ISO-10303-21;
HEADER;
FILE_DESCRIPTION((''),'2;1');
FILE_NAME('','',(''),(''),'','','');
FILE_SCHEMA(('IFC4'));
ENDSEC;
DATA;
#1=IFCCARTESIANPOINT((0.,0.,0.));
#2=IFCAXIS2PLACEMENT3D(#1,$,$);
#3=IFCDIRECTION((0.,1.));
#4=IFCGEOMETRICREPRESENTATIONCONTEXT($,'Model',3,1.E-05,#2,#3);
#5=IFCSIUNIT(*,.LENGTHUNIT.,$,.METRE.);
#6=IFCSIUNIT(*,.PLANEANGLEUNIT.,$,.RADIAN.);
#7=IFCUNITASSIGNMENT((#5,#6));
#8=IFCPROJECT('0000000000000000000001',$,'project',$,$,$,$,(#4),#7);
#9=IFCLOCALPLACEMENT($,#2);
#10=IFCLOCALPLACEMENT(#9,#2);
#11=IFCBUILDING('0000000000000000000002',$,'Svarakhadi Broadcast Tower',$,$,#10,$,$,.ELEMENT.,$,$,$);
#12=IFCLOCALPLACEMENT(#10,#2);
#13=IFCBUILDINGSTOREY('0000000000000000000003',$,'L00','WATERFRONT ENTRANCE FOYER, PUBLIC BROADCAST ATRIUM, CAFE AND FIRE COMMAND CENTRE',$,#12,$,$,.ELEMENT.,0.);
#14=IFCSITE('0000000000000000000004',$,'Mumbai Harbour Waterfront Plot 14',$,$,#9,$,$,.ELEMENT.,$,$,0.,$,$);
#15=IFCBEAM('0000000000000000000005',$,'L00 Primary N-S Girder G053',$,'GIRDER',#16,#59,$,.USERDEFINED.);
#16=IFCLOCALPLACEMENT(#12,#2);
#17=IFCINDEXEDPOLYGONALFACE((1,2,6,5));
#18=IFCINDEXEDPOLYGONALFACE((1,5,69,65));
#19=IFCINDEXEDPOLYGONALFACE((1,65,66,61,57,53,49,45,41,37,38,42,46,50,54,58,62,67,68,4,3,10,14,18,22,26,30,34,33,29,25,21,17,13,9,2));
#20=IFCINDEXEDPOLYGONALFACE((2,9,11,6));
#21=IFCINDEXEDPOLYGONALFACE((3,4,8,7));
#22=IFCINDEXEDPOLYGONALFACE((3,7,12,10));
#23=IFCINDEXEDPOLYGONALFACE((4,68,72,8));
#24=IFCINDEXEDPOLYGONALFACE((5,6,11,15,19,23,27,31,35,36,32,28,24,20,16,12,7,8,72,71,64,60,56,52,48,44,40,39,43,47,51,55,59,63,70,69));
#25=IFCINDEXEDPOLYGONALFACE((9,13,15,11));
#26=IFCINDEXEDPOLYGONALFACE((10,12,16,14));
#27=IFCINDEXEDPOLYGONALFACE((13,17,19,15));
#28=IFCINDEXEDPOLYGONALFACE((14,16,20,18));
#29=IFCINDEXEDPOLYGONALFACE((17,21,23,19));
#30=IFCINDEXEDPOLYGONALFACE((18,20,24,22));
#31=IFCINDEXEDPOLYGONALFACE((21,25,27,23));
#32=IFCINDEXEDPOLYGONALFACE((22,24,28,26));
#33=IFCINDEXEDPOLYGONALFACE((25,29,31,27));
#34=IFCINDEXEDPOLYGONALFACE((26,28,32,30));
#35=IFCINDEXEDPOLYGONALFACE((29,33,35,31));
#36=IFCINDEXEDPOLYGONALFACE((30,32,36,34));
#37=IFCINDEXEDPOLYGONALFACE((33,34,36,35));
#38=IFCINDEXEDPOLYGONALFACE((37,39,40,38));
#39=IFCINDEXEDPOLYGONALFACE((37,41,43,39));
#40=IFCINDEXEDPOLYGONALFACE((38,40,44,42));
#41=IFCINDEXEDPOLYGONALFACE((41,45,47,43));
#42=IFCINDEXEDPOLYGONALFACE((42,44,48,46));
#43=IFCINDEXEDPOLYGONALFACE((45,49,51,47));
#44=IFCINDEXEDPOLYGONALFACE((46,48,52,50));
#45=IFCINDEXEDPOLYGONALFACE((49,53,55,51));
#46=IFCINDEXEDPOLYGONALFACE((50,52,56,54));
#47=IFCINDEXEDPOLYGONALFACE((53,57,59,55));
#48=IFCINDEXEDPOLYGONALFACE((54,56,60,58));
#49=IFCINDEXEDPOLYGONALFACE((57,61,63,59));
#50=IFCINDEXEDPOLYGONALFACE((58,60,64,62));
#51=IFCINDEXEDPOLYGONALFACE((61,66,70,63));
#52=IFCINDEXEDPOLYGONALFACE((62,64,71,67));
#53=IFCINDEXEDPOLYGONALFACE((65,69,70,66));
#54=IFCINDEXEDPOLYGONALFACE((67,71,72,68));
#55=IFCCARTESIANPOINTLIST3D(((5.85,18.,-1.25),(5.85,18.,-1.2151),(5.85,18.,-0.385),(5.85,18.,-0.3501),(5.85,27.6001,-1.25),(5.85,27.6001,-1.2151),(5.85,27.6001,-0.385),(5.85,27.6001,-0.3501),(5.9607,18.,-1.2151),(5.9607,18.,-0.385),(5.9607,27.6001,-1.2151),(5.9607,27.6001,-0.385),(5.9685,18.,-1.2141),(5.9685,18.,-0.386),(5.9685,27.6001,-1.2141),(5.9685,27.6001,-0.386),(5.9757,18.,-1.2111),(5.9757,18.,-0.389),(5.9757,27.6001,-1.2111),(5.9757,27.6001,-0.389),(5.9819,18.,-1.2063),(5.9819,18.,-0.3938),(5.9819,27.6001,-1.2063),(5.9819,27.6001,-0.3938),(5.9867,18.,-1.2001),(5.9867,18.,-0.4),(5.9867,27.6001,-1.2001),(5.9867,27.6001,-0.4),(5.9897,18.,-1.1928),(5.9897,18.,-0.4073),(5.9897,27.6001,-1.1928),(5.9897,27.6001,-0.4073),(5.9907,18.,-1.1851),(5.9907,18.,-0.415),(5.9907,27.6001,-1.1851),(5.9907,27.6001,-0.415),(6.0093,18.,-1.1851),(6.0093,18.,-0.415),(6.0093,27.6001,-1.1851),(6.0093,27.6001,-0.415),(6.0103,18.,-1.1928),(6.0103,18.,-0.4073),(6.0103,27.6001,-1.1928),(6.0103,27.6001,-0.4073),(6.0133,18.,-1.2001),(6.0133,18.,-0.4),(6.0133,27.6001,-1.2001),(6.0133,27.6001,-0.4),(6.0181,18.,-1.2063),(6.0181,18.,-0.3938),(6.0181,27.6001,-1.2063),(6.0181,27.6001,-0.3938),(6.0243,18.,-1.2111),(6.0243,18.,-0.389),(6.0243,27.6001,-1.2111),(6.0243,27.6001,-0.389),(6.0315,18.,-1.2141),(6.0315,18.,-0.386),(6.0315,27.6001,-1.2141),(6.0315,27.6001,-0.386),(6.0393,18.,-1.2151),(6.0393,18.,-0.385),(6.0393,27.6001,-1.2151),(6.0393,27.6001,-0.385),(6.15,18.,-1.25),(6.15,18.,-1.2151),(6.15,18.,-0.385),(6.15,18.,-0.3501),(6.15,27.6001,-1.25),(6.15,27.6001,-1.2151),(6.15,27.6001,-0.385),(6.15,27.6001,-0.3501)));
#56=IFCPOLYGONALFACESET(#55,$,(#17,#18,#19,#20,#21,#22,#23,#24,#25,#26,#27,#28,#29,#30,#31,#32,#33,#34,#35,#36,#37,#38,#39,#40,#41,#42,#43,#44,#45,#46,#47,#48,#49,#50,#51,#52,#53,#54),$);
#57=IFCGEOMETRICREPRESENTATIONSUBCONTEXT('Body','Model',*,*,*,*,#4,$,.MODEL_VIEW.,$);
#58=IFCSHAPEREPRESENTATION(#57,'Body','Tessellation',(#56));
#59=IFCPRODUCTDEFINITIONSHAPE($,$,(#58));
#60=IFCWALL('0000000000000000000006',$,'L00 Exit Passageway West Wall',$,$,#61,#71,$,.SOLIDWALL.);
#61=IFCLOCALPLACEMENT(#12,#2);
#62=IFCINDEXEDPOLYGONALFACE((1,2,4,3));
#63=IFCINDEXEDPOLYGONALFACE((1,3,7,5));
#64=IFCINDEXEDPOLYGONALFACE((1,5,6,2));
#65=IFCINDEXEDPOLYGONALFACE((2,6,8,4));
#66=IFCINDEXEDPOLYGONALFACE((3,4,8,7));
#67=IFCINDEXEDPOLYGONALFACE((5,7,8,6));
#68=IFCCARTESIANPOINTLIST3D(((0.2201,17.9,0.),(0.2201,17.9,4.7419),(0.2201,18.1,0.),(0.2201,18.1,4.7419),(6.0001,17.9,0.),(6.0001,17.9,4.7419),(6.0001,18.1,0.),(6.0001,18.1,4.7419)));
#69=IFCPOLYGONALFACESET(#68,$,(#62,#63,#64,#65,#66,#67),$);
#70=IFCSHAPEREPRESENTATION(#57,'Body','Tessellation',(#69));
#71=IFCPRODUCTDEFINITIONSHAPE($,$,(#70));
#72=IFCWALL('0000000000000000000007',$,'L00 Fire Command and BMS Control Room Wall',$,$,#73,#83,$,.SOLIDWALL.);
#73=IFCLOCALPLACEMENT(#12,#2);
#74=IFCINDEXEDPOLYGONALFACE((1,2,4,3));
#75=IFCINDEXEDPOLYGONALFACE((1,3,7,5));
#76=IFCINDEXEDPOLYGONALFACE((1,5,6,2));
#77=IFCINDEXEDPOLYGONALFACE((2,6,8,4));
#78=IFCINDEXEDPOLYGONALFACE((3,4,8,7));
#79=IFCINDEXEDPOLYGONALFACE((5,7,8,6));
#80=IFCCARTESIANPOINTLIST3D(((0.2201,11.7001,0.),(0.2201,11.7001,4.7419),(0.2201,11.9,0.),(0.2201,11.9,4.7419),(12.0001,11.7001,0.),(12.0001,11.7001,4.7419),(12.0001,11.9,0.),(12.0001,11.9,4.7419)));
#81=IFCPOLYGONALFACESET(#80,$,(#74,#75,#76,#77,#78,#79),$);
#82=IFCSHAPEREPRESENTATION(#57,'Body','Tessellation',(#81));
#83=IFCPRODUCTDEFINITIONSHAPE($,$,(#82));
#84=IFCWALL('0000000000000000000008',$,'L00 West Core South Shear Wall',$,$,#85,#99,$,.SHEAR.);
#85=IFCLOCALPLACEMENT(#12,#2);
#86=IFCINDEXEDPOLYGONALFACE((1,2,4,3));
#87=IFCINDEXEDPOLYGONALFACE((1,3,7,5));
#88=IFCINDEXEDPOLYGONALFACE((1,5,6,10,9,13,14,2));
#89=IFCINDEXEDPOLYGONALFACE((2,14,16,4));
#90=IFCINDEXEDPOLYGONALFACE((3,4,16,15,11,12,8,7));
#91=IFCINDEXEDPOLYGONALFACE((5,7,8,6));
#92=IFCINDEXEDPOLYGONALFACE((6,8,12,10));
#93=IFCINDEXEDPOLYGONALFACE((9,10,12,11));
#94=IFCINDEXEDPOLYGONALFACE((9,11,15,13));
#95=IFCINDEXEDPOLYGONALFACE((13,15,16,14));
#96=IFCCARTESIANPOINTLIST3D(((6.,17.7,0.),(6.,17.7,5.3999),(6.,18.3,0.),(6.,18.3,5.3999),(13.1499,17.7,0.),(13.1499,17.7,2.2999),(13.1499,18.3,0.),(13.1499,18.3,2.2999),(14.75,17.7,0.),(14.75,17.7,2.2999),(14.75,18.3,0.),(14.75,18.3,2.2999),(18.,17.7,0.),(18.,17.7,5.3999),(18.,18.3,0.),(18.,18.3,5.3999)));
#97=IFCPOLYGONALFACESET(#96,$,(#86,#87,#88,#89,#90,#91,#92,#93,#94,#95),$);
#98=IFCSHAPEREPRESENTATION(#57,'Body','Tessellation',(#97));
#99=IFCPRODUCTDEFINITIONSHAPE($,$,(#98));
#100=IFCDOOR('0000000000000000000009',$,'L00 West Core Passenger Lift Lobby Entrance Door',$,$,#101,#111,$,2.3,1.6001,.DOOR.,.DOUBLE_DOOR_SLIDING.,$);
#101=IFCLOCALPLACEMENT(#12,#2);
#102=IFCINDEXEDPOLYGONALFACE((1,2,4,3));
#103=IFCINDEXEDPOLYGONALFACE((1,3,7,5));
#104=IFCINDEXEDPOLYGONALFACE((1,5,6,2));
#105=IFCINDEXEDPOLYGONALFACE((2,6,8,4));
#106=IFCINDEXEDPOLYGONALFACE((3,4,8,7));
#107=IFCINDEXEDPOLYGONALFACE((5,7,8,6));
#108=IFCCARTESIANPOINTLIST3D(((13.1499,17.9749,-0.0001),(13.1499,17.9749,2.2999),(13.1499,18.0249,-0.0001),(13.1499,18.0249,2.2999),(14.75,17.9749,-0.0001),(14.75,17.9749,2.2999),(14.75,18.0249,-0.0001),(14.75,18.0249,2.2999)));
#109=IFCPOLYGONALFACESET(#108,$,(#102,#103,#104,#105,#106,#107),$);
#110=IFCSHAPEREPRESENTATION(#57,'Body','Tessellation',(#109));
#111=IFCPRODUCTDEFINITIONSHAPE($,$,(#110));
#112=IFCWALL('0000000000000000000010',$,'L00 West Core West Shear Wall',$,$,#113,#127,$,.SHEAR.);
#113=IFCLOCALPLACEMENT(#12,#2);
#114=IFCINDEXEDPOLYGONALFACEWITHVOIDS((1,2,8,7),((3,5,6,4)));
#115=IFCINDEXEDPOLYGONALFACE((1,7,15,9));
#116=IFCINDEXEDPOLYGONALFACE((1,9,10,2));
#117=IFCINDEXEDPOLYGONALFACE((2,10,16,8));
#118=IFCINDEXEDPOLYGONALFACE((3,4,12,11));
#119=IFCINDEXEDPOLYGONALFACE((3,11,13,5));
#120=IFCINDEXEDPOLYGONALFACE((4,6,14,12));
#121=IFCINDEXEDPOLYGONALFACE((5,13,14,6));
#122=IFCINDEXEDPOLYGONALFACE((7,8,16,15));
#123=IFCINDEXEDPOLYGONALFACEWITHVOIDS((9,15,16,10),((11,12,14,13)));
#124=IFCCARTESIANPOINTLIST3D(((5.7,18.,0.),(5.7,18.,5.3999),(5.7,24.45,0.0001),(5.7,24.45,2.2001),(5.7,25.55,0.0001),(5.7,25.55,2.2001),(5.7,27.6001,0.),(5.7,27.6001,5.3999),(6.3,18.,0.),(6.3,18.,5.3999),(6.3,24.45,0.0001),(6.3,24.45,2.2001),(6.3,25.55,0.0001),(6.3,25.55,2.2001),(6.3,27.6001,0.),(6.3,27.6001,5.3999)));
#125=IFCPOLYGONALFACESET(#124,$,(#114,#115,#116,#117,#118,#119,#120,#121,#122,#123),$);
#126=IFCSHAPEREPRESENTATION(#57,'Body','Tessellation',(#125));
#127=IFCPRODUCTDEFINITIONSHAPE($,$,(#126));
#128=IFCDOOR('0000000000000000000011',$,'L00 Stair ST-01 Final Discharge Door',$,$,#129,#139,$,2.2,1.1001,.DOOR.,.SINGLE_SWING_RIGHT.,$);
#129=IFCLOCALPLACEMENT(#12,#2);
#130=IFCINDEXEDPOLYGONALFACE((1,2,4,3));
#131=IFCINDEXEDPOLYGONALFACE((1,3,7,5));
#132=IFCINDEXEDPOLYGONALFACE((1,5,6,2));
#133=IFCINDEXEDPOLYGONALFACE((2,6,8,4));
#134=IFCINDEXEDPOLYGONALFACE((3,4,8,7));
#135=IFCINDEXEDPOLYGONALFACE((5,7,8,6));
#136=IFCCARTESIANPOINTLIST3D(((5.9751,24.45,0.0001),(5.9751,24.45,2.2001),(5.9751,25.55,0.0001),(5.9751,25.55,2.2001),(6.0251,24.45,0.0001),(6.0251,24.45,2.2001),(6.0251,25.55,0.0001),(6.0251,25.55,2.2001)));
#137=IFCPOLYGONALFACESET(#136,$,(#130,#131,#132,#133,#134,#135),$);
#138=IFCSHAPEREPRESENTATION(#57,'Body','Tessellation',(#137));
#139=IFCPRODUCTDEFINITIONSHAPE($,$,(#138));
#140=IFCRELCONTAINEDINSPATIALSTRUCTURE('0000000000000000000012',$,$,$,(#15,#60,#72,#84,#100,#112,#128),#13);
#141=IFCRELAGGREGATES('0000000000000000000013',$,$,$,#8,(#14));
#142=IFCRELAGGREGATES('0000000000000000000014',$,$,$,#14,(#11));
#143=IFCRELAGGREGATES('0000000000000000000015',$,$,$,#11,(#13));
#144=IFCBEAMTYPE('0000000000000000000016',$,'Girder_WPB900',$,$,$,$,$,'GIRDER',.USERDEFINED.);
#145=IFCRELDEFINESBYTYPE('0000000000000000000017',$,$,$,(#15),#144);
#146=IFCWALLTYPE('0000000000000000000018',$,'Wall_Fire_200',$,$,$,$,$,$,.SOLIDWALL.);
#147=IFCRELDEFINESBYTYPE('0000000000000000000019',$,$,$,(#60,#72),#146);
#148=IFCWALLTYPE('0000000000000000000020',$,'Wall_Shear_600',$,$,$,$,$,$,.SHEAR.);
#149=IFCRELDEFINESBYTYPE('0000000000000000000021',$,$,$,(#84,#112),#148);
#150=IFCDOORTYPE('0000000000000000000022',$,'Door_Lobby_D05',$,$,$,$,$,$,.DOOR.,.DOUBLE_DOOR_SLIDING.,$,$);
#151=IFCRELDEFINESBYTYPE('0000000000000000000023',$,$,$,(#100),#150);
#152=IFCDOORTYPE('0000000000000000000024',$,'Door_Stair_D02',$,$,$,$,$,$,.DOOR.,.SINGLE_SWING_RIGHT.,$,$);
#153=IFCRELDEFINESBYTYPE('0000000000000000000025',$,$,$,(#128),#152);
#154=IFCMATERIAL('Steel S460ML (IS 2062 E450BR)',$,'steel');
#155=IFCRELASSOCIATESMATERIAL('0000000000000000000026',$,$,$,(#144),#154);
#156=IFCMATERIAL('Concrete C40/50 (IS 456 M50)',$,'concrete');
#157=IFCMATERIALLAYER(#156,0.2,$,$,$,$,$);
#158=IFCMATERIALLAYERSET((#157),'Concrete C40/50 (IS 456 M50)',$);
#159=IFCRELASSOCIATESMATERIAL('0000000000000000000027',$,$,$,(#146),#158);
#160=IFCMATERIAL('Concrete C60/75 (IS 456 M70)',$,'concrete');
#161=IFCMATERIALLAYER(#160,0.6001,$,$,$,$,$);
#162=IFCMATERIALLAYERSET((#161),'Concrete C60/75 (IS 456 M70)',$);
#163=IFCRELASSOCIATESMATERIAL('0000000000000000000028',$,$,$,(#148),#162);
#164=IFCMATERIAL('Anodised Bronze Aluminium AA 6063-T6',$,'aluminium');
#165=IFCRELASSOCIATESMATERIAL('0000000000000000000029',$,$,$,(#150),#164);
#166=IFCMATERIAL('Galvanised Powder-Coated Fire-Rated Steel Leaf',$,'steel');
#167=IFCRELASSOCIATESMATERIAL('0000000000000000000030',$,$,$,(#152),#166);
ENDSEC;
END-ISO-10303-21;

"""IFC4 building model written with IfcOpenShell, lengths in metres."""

from ifc_helpers import new_model, si_unit, direction, frame, frame_2d, origin, origin_2d, place, context, subcontext, project, spatial, rectangle, i_section, extrude, material, layer, layer_set, material_profile, profile_set, type_object, element, fill, save


model = new_model("IFC4")

# Units and contexts
model_context = context("Model", 3, precision=1e-05, world=origin(), true_north=direction((0.0, 1.0)))
body_context = subcontext(model_context, "Body", "Model", "MODEL_VIEW")
ifc_project = project(units=[si_unit("LENGTHUNIT", "METRE"), si_unit("PLANEANGLEUNIT", "RADIAN")], contexts=[model_context])

# Site, building, storey
site_placement = place(None, origin())
site = spatial("IfcSite", under=ifc_project, at=site_placement, Name="Mumbai Harbour Waterfront Plot 14", CompositionType="ELEMENT", RefElevation=0.0)
building_placement = place(site_placement, origin())
building = spatial("IfcBuilding", under=site, at=building_placement, Name="Svarakhadi Broadcast Tower", CompositionType="ELEMENT")
storey_placement = place(building_placement, origin())
storey = spatial("IfcBuildingStorey", under=building, at=storey_placement, Name="L00", Description="WATERFRONT ENTRANCE FOYER, PUBLIC BROADCAST ATRIUM, CAFE AND FIRE COMMAND CENTRE", CompositionType="ELEMENT", Elevation=0.0)

# Shared definitions
ifc_material_1 = material(Name="Steel S460ML (IS 2062 E450BR)", Category="steel")
ifc_material_2 = material(Name="Concrete C60/75 (IS 456 M70)", Category="concrete")

# Beam
ifc_material_profile_1 = material_profile(ifc_material_1, i_section(OverallWidth=0.3, OverallDepth=0.8999, WebThickness=0.0186, FlangeThickness=0.0349, FilletRadius=0.03, at=origin_2d()), Name="WPB 900x300x291")
ifc_profile_set_1 = profile_set([ifc_material_profile_1], Name="Steel S460ML (IS 2062 E450BR)")
beam_type_1 = type_object("IfcBeamType", Name="Girder_WPB900", ElementType="GIRDER", PredefinedType="USERDEFINED", material=ifc_profile_set_1)
beam_1_placement = place(storey_placement, frame((6.0, 18.0, -0.8), z_axis=(0.0, 1.0, 0.0), x_axis=(-1.0, 0.0, 0.0)))
element("IfcBeam", 1, at=beam_1_placement, inside=storey, type_object=beam_type_1, Name="L00 Primary N-S Girder G053", ObjectType="GIRDER", PredefinedType="USERDEFINED", context=body_context, shape_type="SweptSolid", body=[
    extrude(i_section(OverallWidth=0.3, OverallDepth=0.8999, WebThickness=0.0186, FlangeThickness=0.0349, FilletRadius=0.03, at=origin_2d()), origin(), (0.0, 0.0, 1.0), 9.6001),
])

# Walls
ifc_material_3 = material(Name="Concrete C40/50 (IS 456 M50)", Category="concrete")
ifc_layer_1 = layer(ifc_material_3, 0.2)
ifc_layer_set_1 = layer_set([ifc_layer_1], Name="Concrete C40/50 (IS 456 M50)")
wall_type_1 = type_object("IfcWallType", Name="Wall_Fire_200", PredefinedType="SOLIDWALL", material=ifc_layer_set_1)
wall_1_placement = place(storey_placement, frame((0.22, 18.0, 0.0), z_axis=(0.0, 0.0, 1.0), x_axis=(1.0, 0.0, 0.0)))
element("IfcWall", 2, at=wall_1_placement, inside=storey, type_object=wall_type_1, Name="L00 Exit Passageway West Wall", PredefinedType="SOLIDWALL", context=body_context, shape_type="SweptSolid", body=[
    extrude(rectangle(XDim=5.78, YDim=0.2, at=frame_2d((2.8901, 0.0))), origin(), (0.0, 0.0, 1.0), 4.7419),
])
wall_2_placement = place(storey_placement, frame((0.22, 11.8, 0.0), z_axis=(0.0, 0.0, 1.0), x_axis=(1.0, 0.0, 0.0)))
element("IfcWall", 3, at=wall_2_placement, inside=storey, type_object=wall_type_1, Name="L00 Fire Command and BMS Control Room Wall", PredefinedType="SOLIDWALL", context=body_context, shape_type="SweptSolid", body=[
    extrude(rectangle(XDim=11.78, YDim=0.2, at=frame_2d((5.8901, 0.0))), origin(), (0.0, 0.0, 1.0), 4.7419),
])

# Walls, openings, doors
ifc_layer_2 = layer(ifc_material_2, 0.6001)
ifc_layer_set_2 = layer_set([ifc_layer_2], Name="Concrete C60/75 (IS 456 M70)")
wall_type_2 = type_object("IfcWallType", Name="Wall_Shear_600", PredefinedType="SHEAR", material=ifc_layer_set_2)
wall_3_placement = place(storey_placement, frame((6.0, 18.0, 0.0), z_axis=(0.0, 0.0, 1.0), x_axis=(1.0, 0.0, 0.0)))
wall_3 = element("IfcWall", 4, at=wall_3_placement, inside=storey, type_object=wall_type_2, Name="L00 West Core South Shear Wall", PredefinedType="SHEAR", context=body_context, shape_type="SweptSolid", body=[
    extrude(rectangle(XDim=12.0, YDim=0.6001, at=frame_2d((6.0, 0.0))), origin(), (0.0, 0.0, 1.0), 5.3999),
])
opening_1_placement = place(wall_3_placement, frame((7.1499, 0.0, 0.0)))
opening_1 = element("IfcOpeningElement", 5, at=opening_1_placement, cuts=wall_3, PredefinedType="OPENING", context=body_context, shape_type="SweptSolid", body=[
    extrude(rectangle(XDim=1.6001, YDim=2.3, at=frame_2d((0.8, 1.1499))), frame((0.0, 0.3101, 0.0), z_axis=(0.0, -1.0, 0.0), x_axis=(1.0, 0.0, 0.0)), (0.0, 0.0, 1.0), 0.6201),
])
ifc_material_4 = material(Name="Anodised Bronze Aluminium AA 6063-T6", Category="aluminium")
door_type_1 = type_object("IfcDoorType", Name="Door_Lobby_D05", OperationType="DOUBLE_DOOR_SLIDING", PredefinedType="DOOR", material=ifc_material_4)
door_1_placement = place(opening_1_placement, origin())
door_1 = element("IfcDoor", 6, at=door_1_placement, inside=storey, type_object=door_type_1, Name="L00 West Core Passenger Lift Lobby Entrance Door", OperationType="DOUBLE_DOOR_SLIDING", OverallHeight=2.3, OverallWidth=1.6001, PredefinedType="DOOR", context=body_context, shape_type="SweptSolid", body=[
    extrude(rectangle(XDim=1.6001, YDim=2.3, at=frame_2d((0.8, 1.1499))), frame((0.0, 0.0249, 0.0), z_axis=(0.0, -1.0, 0.0), x_axis=(1.0, 0.0, 0.0)), (0.0, 0.0, 1.0), 0.05),
])
fill(opening_1, door_1)
wall_4_placement = place(storey_placement, frame((6.0, 18.0, 0.0), z_axis=(0.0, 0.0, 1.0), x_axis=(0.0, 1.0, 0.0)))
wall_4 = element("IfcWall", 7, at=wall_4_placement, inside=storey, type_object=wall_type_2, Name="L00 West Core West Shear Wall", PredefinedType="SHEAR", context=body_context, shape_type="SweptSolid", body=[
    extrude(rectangle(XDim=9.6001, YDim=0.6001, at=frame_2d((4.8, 0.0))), origin(), (0.0, 0.0, 1.0), 5.3999),
])
opening_2_placement = place(wall_4_placement, frame((6.45, 0.0, 0.0)))
opening_2 = element("IfcOpeningElement", 8, at=opening_2_placement, cuts=wall_4, PredefinedType="OPENING", context=body_context, shape_type="SweptSolid", body=[
    extrude(rectangle(XDim=1.1001, YDim=2.2, at=frame_2d((0.55, 1.1001))), frame((0.0, 0.3101, 0.0), z_axis=(0.0, -1.0, 0.0), x_axis=(1.0, 0.0, 0.0)), (0.0, 0.0, 1.0), 0.6201),
])
ifc_material_5 = material(Name="Galvanised Powder-Coated Fire-Rated Steel Leaf", Category="steel")
door_type_2 = type_object("IfcDoorType", Name="Door_Stair_D02", OperationType="SINGLE_SWING_RIGHT", PredefinedType="DOOR", material=ifc_material_5)
door_2_placement = place(opening_2_placement, origin())
door_2 = element("IfcDoor", 9, at=door_2_placement, inside=storey, type_object=door_type_2, Name="L00 Stair ST-01 Final Discharge Door", OperationType="SINGLE_SWING_RIGHT", OverallHeight=2.2, OverallWidth=1.1001, PredefinedType="DOOR", context=body_context, shape_type="SweptSolid", body=[
    extrude(rectangle(XDim=1.1001, YDim=2.2, at=frame_2d((0.55, 1.1001))), frame((0.0, 0.0249, 0.0), z_axis=(0.0, -1.0, 0.0), x_axis=(1.0, 0.0, 0.0)), (0.0, 0.0, 1.0), 0.05),
])
fill(opening_2, door_2)

save(model, "model.ifc")
